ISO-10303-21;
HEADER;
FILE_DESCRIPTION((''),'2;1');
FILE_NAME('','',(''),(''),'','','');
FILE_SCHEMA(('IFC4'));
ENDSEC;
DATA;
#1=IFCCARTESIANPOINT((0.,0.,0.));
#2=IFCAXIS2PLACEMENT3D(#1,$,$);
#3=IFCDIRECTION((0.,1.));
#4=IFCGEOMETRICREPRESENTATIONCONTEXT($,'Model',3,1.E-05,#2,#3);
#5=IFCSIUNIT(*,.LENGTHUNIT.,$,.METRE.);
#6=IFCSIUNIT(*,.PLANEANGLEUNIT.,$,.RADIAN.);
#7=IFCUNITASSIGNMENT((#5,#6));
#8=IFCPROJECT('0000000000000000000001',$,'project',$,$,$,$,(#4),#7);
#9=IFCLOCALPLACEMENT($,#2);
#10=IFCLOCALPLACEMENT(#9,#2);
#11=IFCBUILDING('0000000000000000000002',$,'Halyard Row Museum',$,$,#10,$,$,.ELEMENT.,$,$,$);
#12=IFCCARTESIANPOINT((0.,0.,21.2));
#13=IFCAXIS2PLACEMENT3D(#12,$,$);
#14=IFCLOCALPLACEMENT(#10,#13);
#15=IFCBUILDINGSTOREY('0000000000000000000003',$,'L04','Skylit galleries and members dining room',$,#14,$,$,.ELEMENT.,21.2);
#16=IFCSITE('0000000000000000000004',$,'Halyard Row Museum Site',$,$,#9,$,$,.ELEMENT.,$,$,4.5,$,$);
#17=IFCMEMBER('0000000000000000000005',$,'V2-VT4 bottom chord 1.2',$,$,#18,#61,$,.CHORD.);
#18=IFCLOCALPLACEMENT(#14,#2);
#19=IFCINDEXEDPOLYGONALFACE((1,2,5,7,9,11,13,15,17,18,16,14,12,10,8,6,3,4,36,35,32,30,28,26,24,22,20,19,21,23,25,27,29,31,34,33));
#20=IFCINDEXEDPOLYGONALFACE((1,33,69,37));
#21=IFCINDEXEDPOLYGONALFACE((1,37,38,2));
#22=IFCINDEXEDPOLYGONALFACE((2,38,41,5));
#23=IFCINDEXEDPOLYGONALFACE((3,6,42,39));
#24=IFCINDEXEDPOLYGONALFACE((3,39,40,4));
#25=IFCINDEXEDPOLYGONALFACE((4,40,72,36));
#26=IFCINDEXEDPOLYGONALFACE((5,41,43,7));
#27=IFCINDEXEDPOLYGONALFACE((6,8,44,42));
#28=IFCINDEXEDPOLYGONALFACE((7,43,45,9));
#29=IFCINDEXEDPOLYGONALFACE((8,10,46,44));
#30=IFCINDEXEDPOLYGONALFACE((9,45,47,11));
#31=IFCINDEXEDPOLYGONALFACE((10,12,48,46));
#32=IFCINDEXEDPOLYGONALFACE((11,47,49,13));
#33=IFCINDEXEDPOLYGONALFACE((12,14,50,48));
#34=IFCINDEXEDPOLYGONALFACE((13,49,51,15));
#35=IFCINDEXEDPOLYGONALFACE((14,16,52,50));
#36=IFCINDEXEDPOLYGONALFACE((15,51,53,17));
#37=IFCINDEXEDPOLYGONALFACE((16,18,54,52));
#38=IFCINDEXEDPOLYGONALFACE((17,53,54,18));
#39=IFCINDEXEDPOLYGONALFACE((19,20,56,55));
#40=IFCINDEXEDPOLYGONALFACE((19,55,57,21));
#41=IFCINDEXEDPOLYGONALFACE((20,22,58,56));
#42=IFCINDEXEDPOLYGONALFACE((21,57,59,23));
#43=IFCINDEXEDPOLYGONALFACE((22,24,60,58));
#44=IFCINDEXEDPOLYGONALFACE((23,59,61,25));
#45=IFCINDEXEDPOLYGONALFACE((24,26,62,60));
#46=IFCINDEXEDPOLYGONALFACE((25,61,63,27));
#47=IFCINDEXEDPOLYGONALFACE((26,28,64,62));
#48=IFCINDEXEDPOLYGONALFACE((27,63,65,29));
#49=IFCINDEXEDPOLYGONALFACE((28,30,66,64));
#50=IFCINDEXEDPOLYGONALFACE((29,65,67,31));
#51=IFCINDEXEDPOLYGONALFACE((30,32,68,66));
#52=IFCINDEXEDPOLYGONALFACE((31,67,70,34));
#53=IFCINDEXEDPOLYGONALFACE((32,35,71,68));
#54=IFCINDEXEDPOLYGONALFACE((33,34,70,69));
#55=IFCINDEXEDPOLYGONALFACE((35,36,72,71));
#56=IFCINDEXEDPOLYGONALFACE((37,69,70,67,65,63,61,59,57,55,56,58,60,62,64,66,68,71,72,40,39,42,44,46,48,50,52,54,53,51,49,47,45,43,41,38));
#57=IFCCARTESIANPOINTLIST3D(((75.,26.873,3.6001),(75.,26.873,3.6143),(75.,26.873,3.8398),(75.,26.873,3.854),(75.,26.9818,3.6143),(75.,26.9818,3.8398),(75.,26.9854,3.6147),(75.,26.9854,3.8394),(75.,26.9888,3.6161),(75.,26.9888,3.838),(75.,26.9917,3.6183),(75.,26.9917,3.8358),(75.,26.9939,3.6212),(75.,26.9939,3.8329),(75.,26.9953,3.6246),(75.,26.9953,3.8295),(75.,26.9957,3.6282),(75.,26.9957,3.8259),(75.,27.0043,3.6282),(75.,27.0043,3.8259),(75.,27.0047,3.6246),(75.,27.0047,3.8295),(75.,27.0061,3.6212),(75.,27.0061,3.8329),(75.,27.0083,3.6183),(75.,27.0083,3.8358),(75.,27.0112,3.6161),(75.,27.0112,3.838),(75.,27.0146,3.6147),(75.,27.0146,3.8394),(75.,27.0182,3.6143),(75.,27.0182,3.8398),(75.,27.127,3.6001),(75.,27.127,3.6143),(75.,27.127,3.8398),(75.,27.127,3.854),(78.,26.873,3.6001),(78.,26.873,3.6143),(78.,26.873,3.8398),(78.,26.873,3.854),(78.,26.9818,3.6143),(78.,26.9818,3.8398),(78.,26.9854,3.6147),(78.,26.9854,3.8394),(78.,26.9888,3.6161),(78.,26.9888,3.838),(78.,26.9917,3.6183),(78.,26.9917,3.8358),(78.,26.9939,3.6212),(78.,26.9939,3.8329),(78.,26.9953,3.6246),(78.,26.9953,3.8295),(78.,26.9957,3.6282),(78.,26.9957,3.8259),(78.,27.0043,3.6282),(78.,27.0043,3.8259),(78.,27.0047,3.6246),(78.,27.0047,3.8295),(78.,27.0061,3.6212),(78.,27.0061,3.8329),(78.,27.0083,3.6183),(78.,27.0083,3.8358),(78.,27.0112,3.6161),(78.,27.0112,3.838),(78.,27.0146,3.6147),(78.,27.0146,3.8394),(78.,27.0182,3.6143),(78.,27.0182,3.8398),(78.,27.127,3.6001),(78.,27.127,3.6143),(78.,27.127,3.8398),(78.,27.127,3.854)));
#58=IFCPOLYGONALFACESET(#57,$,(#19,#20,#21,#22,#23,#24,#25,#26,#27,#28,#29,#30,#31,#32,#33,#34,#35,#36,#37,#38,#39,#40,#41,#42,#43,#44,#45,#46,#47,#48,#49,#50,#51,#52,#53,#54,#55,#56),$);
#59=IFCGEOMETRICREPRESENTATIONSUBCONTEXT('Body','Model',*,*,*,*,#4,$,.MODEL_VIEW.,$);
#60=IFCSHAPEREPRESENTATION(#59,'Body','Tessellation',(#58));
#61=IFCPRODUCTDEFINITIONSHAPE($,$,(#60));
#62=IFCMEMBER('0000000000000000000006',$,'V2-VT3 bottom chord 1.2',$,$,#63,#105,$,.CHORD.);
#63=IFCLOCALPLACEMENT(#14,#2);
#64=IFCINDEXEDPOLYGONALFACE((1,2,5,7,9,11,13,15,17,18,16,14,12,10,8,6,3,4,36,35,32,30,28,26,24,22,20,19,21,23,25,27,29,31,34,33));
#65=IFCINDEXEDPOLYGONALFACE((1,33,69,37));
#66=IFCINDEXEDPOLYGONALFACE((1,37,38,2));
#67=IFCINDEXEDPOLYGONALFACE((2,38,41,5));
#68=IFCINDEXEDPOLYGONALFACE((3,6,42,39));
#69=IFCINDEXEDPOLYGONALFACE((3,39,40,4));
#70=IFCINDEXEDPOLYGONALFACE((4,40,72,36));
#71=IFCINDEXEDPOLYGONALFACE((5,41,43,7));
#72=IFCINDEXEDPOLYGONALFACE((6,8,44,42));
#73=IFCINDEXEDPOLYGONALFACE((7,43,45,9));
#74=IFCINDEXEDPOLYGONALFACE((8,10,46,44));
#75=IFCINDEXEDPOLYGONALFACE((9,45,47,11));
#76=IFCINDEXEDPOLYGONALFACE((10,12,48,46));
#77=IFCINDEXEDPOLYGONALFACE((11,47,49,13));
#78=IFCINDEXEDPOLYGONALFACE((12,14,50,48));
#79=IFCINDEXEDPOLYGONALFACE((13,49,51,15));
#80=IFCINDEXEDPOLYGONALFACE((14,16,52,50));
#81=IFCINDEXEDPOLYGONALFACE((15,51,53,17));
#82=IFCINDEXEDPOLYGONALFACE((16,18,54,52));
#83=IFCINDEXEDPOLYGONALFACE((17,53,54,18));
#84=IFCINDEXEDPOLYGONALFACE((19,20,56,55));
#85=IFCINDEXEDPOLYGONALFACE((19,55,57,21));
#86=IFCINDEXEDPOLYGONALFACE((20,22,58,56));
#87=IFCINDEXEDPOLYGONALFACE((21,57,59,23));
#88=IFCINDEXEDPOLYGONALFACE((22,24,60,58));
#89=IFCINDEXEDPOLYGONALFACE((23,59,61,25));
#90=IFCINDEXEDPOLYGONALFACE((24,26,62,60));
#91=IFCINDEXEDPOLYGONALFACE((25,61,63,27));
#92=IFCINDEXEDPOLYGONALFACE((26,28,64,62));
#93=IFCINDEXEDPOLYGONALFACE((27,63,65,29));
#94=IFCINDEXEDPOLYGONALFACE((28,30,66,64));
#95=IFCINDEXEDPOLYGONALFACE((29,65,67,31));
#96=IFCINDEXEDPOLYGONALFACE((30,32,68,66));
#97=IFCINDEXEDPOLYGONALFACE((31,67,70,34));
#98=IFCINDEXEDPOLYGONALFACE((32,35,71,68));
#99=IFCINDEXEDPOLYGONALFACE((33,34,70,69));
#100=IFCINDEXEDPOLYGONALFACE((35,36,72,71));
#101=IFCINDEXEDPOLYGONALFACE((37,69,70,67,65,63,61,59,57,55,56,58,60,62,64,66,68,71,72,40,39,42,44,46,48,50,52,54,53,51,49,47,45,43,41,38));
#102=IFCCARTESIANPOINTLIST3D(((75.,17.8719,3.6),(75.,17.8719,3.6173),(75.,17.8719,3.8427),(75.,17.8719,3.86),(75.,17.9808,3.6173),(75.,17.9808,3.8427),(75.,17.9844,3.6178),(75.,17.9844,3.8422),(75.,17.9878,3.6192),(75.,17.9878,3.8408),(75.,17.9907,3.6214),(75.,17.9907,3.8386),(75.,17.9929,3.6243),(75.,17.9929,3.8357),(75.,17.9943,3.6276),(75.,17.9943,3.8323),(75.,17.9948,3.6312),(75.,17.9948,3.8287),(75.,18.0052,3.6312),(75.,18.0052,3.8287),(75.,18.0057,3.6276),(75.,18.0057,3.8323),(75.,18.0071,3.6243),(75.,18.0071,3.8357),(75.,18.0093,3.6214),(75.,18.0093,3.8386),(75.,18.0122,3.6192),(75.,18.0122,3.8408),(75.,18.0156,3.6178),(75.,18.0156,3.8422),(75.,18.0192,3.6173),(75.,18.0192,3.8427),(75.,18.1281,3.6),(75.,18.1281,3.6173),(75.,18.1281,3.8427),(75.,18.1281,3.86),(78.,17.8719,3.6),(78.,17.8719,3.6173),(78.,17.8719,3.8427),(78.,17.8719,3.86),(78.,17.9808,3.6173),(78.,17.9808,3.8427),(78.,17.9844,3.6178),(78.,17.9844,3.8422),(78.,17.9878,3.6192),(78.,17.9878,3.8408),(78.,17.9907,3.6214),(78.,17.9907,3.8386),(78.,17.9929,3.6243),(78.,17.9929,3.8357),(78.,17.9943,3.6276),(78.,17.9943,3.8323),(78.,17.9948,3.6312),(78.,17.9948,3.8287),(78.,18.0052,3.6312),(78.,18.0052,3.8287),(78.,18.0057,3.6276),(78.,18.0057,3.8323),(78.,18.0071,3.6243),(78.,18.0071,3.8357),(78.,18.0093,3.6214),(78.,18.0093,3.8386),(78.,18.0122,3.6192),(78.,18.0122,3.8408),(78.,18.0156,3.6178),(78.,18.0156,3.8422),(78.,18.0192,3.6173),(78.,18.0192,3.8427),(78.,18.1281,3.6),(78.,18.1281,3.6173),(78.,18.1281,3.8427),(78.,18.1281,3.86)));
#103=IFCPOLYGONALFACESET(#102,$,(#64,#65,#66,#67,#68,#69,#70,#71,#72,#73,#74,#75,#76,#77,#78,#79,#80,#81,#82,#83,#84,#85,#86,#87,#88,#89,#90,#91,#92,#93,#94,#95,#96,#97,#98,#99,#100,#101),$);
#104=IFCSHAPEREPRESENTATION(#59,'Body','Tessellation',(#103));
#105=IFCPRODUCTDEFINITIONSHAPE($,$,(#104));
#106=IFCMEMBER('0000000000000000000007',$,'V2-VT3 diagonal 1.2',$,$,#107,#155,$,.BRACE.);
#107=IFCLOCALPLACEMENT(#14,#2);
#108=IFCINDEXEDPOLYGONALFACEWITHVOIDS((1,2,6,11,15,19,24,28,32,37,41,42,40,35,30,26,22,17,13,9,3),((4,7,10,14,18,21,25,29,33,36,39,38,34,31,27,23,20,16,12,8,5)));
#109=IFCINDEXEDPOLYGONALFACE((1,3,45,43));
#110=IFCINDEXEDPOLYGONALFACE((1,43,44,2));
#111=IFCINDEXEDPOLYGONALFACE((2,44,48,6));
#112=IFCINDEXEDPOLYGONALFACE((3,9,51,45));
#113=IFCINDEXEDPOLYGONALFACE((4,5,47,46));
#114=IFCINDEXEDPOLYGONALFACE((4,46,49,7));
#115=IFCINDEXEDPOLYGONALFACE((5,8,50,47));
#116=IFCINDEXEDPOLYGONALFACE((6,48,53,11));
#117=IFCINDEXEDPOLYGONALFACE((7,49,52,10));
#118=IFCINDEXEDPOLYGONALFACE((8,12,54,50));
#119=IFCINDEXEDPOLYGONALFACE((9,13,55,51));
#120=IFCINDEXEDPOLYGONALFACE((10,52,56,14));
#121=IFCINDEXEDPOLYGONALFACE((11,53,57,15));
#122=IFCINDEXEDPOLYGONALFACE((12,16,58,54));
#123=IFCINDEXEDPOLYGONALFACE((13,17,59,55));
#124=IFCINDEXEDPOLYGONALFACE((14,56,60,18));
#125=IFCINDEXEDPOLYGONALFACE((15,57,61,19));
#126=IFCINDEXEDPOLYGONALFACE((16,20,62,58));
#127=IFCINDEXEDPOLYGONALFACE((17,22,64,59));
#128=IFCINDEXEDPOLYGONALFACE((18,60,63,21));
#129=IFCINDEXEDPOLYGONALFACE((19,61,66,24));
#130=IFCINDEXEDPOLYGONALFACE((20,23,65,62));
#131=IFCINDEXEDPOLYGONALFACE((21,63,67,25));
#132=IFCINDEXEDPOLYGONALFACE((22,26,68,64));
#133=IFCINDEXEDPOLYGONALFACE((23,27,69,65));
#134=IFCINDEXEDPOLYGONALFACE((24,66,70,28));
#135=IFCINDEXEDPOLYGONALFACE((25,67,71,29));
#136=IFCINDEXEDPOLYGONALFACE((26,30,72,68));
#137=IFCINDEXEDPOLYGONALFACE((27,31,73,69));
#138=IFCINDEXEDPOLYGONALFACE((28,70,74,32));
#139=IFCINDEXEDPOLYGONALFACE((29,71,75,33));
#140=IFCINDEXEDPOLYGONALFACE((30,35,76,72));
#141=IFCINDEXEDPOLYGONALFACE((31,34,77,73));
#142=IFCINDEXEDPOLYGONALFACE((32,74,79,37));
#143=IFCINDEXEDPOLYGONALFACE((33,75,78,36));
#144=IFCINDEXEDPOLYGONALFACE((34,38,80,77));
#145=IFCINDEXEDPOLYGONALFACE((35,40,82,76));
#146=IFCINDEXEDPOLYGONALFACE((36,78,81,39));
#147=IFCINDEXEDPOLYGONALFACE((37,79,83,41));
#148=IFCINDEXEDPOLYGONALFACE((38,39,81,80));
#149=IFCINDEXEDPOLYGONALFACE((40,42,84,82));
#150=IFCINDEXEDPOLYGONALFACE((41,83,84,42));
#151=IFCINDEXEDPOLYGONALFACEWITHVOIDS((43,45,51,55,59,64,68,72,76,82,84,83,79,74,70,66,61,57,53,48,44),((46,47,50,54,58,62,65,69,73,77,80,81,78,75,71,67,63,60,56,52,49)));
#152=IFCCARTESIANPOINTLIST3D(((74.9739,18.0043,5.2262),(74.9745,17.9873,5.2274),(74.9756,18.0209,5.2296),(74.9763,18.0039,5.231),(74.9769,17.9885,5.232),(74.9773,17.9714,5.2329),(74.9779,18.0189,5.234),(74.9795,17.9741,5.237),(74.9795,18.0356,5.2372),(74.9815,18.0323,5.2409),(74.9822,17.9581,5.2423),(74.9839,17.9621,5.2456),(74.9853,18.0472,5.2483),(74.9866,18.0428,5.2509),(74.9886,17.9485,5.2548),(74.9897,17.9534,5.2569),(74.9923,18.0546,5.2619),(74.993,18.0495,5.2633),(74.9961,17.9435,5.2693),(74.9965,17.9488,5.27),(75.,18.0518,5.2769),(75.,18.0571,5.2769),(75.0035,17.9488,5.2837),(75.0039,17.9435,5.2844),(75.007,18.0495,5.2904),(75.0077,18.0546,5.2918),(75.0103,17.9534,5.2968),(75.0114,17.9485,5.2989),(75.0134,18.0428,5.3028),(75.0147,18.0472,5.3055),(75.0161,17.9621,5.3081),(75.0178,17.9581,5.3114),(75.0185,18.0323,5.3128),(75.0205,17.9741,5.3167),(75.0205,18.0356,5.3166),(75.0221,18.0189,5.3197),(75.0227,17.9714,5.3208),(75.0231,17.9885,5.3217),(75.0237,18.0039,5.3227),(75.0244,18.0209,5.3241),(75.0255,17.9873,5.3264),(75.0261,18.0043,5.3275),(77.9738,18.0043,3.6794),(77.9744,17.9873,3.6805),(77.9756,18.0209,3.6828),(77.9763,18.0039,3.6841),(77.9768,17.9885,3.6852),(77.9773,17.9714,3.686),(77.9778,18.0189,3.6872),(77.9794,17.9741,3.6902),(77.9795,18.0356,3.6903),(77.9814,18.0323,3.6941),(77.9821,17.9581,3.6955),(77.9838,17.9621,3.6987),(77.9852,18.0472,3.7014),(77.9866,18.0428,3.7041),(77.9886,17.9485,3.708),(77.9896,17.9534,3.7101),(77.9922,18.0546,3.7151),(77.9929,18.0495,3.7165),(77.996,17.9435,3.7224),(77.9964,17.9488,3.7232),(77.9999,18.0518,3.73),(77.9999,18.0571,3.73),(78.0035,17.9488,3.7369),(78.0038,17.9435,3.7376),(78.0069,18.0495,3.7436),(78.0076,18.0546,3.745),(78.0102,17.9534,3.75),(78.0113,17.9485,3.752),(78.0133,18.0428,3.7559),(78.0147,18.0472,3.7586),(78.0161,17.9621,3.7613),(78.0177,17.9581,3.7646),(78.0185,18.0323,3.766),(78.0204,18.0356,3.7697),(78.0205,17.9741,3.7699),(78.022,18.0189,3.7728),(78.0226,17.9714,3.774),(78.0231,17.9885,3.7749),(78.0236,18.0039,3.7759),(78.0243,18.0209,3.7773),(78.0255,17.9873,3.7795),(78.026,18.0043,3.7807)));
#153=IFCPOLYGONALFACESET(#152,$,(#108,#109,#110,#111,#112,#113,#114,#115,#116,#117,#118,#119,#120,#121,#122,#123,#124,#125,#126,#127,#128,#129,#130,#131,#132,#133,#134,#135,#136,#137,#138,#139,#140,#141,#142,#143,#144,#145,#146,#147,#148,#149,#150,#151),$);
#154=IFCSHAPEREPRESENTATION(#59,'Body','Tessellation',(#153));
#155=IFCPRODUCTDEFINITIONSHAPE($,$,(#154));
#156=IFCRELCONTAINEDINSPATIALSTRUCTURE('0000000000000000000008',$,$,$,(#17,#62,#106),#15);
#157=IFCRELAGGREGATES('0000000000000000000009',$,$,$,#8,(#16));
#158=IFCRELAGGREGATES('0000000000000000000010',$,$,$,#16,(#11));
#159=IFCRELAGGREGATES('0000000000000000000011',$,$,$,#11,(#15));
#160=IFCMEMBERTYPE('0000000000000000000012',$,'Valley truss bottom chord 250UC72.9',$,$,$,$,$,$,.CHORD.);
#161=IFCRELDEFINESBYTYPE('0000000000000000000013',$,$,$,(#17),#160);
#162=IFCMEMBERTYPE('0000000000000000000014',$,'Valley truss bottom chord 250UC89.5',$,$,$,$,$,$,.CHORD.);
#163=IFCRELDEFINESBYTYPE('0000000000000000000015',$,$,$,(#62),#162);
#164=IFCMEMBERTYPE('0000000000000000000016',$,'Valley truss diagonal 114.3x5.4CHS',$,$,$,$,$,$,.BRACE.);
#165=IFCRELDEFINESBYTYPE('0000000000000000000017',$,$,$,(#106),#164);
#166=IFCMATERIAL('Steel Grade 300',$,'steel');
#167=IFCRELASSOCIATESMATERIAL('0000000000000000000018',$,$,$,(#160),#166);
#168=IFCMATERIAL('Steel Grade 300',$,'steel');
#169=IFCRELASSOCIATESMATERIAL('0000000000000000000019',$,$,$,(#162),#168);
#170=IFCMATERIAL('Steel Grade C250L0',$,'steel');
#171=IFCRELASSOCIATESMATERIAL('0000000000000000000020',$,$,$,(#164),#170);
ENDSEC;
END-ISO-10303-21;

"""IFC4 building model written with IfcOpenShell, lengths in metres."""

from ifc_helpers import new_model, si_unit, direction, frame, origin, origin_2d, place, context, subcontext, project, spatial, hollow_circle, i_section, extrude, material, material_profile, profile_set, type_object, element, save


model = new_model("IFC4")

# Units and contexts
model_context = context("Model", 3, precision=1e-05, world=origin(), true_north=direction((0.0, 1.0)))
body_context = subcontext(model_context, "Body", "Model", "MODEL_VIEW")
ifc_project = project(units=[si_unit("LENGTHUNIT", "METRE"), si_unit("PLANEANGLEUNIT", "RADIAN")], contexts=[model_context])

# Site, building, storey
site_placement = place(None, origin())
site = spatial("IfcSite", under=ifc_project, at=site_placement, Name="Halyard Row Museum Site", CompositionType="ELEMENT", RefElevation=4.5)
building_placement = place(site_placement, origin())
building = spatial("IfcBuilding", under=site, at=building_placement, Name="Halyard Row Museum", CompositionType="ELEMENT")
storey_placement = place(building_placement, frame((0.0, 0.0, 21.2)))
storey = spatial("IfcBuildingStorey", under=building, at=storey_placement, Name="L04", Description="Skylit galleries and members dining room", CompositionType="ELEMENT", Elevation=21.2)

# Members
ifc_material_1 = material(Name="Steel Grade 300", Category="steel")
ifc_material_profile_1 = material_profile(ifc_material_1, i_section(OverallWidth=0.2539, OverallDepth=0.2539, WebThickness=0.0085, FlangeThickness=0.0142, FilletRadius=0.0139, at=origin_2d()), Name="250UC72.9")
ifc_profile_set_1 = profile_set([ifc_material_profile_1], Name="Steel Grade 300")
member_type_1 = type_object("IfcMemberType", Name="Valley truss bottom chord 250UC72.9", PredefinedType="CHORD", material=ifc_profile_set_1)
member_1_placement = place(storey_placement, frame((75.0, 27.0, 3.7271), z_axis=(1.0, 0.0, 0.0), x_axis=(0.0, 1.0, 0.0)))
element("IfcMember", 1, at=member_1_placement, inside=storey, type_object=member_type_1, Name="V2-VT4 bottom chord 1.2", PredefinedType="CHORD", context=body_context, shape_type="SweptSolid", body=[
    extrude(i_section(OverallWidth=0.2539, OverallDepth=0.2539, WebThickness=0.0085, FlangeThickness=0.0142, FilletRadius=0.0139, at=origin_2d()), origin(), (0.0, 0.0, 1.0), 3.0),
])
ifc_material_2 = material(Name="Steel Grade 300", Category="steel")
ifc_material_profile_2 = material_profile(ifc_material_2, i_section(OverallWidth=0.2561, OverallDepth=0.26, WebThickness=0.0105, FlangeThickness=0.0173, FilletRadius=0.0139, at=origin_2d()), Name="250UC89.5")
ifc_profile_set_2 = profile_set([ifc_material_profile_2], Name="Steel Grade 300")
member_type_2 = type_object("IfcMemberType", Name="Valley truss bottom chord 250UC89.5", PredefinedType="CHORD", material=ifc_profile_set_2)
member_2_placement = place(storey_placement, frame((75.0, 18.0, 3.73), z_axis=(1.0, 0.0, 0.0), x_axis=(0.0, 1.0, 0.0)))
element("IfcMember", 2, at=member_2_placement, inside=storey, type_object=member_type_2, Name="V2-VT3 bottom chord 1.2", PredefinedType="CHORD", context=body_context, shape_type="SweptSolid", body=[
    extrude(i_section(OverallWidth=0.2561, OverallDepth=0.26, WebThickness=0.0105, FlangeThickness=0.0173, FilletRadius=0.0139, at=origin_2d()), origin(), (0.0, 0.0, 1.0), 3.0),
])
ifc_material_3 = material(Name="Steel Grade C250L0", Category="steel")
ifc_material_profile_3 = material_profile(ifc_material_3, hollow_circle(Radius=0.0571, WallThickness=0.0054, at=origin_2d()), Name="114.3x5.4CHS")
ifc_profile_set_3 = profile_set([ifc_material_profile_3], Name="Steel Grade C250L0")
member_type_3 = type_object("IfcMemberType", Name="Valley truss diagonal 114.3x5.4CHS", PredefinedType="BRACE", material=ifc_profile_set_3)
member_3_placement = place(storey_placement, frame((75.0, 18.0, 5.2769), z_axis=(0.888803, 0.0, -0.458289), x_axis=(0.0, 1.0, 0.0)))
element("IfcMember", 3, at=member_3_placement, inside=storey, type_object=member_type_3, Name="V2-VT3 diagonal 1.2", PredefinedType="BRACE", context=body_context, shape_type="SweptSolid", body=[
    extrude(hollow_circle(Radius=0.0571, WallThickness=0.0054, at=origin_2d()), origin(), (0.0, 0.0, 1.0), 3.3752),
])

save(model, "model.ifc")
